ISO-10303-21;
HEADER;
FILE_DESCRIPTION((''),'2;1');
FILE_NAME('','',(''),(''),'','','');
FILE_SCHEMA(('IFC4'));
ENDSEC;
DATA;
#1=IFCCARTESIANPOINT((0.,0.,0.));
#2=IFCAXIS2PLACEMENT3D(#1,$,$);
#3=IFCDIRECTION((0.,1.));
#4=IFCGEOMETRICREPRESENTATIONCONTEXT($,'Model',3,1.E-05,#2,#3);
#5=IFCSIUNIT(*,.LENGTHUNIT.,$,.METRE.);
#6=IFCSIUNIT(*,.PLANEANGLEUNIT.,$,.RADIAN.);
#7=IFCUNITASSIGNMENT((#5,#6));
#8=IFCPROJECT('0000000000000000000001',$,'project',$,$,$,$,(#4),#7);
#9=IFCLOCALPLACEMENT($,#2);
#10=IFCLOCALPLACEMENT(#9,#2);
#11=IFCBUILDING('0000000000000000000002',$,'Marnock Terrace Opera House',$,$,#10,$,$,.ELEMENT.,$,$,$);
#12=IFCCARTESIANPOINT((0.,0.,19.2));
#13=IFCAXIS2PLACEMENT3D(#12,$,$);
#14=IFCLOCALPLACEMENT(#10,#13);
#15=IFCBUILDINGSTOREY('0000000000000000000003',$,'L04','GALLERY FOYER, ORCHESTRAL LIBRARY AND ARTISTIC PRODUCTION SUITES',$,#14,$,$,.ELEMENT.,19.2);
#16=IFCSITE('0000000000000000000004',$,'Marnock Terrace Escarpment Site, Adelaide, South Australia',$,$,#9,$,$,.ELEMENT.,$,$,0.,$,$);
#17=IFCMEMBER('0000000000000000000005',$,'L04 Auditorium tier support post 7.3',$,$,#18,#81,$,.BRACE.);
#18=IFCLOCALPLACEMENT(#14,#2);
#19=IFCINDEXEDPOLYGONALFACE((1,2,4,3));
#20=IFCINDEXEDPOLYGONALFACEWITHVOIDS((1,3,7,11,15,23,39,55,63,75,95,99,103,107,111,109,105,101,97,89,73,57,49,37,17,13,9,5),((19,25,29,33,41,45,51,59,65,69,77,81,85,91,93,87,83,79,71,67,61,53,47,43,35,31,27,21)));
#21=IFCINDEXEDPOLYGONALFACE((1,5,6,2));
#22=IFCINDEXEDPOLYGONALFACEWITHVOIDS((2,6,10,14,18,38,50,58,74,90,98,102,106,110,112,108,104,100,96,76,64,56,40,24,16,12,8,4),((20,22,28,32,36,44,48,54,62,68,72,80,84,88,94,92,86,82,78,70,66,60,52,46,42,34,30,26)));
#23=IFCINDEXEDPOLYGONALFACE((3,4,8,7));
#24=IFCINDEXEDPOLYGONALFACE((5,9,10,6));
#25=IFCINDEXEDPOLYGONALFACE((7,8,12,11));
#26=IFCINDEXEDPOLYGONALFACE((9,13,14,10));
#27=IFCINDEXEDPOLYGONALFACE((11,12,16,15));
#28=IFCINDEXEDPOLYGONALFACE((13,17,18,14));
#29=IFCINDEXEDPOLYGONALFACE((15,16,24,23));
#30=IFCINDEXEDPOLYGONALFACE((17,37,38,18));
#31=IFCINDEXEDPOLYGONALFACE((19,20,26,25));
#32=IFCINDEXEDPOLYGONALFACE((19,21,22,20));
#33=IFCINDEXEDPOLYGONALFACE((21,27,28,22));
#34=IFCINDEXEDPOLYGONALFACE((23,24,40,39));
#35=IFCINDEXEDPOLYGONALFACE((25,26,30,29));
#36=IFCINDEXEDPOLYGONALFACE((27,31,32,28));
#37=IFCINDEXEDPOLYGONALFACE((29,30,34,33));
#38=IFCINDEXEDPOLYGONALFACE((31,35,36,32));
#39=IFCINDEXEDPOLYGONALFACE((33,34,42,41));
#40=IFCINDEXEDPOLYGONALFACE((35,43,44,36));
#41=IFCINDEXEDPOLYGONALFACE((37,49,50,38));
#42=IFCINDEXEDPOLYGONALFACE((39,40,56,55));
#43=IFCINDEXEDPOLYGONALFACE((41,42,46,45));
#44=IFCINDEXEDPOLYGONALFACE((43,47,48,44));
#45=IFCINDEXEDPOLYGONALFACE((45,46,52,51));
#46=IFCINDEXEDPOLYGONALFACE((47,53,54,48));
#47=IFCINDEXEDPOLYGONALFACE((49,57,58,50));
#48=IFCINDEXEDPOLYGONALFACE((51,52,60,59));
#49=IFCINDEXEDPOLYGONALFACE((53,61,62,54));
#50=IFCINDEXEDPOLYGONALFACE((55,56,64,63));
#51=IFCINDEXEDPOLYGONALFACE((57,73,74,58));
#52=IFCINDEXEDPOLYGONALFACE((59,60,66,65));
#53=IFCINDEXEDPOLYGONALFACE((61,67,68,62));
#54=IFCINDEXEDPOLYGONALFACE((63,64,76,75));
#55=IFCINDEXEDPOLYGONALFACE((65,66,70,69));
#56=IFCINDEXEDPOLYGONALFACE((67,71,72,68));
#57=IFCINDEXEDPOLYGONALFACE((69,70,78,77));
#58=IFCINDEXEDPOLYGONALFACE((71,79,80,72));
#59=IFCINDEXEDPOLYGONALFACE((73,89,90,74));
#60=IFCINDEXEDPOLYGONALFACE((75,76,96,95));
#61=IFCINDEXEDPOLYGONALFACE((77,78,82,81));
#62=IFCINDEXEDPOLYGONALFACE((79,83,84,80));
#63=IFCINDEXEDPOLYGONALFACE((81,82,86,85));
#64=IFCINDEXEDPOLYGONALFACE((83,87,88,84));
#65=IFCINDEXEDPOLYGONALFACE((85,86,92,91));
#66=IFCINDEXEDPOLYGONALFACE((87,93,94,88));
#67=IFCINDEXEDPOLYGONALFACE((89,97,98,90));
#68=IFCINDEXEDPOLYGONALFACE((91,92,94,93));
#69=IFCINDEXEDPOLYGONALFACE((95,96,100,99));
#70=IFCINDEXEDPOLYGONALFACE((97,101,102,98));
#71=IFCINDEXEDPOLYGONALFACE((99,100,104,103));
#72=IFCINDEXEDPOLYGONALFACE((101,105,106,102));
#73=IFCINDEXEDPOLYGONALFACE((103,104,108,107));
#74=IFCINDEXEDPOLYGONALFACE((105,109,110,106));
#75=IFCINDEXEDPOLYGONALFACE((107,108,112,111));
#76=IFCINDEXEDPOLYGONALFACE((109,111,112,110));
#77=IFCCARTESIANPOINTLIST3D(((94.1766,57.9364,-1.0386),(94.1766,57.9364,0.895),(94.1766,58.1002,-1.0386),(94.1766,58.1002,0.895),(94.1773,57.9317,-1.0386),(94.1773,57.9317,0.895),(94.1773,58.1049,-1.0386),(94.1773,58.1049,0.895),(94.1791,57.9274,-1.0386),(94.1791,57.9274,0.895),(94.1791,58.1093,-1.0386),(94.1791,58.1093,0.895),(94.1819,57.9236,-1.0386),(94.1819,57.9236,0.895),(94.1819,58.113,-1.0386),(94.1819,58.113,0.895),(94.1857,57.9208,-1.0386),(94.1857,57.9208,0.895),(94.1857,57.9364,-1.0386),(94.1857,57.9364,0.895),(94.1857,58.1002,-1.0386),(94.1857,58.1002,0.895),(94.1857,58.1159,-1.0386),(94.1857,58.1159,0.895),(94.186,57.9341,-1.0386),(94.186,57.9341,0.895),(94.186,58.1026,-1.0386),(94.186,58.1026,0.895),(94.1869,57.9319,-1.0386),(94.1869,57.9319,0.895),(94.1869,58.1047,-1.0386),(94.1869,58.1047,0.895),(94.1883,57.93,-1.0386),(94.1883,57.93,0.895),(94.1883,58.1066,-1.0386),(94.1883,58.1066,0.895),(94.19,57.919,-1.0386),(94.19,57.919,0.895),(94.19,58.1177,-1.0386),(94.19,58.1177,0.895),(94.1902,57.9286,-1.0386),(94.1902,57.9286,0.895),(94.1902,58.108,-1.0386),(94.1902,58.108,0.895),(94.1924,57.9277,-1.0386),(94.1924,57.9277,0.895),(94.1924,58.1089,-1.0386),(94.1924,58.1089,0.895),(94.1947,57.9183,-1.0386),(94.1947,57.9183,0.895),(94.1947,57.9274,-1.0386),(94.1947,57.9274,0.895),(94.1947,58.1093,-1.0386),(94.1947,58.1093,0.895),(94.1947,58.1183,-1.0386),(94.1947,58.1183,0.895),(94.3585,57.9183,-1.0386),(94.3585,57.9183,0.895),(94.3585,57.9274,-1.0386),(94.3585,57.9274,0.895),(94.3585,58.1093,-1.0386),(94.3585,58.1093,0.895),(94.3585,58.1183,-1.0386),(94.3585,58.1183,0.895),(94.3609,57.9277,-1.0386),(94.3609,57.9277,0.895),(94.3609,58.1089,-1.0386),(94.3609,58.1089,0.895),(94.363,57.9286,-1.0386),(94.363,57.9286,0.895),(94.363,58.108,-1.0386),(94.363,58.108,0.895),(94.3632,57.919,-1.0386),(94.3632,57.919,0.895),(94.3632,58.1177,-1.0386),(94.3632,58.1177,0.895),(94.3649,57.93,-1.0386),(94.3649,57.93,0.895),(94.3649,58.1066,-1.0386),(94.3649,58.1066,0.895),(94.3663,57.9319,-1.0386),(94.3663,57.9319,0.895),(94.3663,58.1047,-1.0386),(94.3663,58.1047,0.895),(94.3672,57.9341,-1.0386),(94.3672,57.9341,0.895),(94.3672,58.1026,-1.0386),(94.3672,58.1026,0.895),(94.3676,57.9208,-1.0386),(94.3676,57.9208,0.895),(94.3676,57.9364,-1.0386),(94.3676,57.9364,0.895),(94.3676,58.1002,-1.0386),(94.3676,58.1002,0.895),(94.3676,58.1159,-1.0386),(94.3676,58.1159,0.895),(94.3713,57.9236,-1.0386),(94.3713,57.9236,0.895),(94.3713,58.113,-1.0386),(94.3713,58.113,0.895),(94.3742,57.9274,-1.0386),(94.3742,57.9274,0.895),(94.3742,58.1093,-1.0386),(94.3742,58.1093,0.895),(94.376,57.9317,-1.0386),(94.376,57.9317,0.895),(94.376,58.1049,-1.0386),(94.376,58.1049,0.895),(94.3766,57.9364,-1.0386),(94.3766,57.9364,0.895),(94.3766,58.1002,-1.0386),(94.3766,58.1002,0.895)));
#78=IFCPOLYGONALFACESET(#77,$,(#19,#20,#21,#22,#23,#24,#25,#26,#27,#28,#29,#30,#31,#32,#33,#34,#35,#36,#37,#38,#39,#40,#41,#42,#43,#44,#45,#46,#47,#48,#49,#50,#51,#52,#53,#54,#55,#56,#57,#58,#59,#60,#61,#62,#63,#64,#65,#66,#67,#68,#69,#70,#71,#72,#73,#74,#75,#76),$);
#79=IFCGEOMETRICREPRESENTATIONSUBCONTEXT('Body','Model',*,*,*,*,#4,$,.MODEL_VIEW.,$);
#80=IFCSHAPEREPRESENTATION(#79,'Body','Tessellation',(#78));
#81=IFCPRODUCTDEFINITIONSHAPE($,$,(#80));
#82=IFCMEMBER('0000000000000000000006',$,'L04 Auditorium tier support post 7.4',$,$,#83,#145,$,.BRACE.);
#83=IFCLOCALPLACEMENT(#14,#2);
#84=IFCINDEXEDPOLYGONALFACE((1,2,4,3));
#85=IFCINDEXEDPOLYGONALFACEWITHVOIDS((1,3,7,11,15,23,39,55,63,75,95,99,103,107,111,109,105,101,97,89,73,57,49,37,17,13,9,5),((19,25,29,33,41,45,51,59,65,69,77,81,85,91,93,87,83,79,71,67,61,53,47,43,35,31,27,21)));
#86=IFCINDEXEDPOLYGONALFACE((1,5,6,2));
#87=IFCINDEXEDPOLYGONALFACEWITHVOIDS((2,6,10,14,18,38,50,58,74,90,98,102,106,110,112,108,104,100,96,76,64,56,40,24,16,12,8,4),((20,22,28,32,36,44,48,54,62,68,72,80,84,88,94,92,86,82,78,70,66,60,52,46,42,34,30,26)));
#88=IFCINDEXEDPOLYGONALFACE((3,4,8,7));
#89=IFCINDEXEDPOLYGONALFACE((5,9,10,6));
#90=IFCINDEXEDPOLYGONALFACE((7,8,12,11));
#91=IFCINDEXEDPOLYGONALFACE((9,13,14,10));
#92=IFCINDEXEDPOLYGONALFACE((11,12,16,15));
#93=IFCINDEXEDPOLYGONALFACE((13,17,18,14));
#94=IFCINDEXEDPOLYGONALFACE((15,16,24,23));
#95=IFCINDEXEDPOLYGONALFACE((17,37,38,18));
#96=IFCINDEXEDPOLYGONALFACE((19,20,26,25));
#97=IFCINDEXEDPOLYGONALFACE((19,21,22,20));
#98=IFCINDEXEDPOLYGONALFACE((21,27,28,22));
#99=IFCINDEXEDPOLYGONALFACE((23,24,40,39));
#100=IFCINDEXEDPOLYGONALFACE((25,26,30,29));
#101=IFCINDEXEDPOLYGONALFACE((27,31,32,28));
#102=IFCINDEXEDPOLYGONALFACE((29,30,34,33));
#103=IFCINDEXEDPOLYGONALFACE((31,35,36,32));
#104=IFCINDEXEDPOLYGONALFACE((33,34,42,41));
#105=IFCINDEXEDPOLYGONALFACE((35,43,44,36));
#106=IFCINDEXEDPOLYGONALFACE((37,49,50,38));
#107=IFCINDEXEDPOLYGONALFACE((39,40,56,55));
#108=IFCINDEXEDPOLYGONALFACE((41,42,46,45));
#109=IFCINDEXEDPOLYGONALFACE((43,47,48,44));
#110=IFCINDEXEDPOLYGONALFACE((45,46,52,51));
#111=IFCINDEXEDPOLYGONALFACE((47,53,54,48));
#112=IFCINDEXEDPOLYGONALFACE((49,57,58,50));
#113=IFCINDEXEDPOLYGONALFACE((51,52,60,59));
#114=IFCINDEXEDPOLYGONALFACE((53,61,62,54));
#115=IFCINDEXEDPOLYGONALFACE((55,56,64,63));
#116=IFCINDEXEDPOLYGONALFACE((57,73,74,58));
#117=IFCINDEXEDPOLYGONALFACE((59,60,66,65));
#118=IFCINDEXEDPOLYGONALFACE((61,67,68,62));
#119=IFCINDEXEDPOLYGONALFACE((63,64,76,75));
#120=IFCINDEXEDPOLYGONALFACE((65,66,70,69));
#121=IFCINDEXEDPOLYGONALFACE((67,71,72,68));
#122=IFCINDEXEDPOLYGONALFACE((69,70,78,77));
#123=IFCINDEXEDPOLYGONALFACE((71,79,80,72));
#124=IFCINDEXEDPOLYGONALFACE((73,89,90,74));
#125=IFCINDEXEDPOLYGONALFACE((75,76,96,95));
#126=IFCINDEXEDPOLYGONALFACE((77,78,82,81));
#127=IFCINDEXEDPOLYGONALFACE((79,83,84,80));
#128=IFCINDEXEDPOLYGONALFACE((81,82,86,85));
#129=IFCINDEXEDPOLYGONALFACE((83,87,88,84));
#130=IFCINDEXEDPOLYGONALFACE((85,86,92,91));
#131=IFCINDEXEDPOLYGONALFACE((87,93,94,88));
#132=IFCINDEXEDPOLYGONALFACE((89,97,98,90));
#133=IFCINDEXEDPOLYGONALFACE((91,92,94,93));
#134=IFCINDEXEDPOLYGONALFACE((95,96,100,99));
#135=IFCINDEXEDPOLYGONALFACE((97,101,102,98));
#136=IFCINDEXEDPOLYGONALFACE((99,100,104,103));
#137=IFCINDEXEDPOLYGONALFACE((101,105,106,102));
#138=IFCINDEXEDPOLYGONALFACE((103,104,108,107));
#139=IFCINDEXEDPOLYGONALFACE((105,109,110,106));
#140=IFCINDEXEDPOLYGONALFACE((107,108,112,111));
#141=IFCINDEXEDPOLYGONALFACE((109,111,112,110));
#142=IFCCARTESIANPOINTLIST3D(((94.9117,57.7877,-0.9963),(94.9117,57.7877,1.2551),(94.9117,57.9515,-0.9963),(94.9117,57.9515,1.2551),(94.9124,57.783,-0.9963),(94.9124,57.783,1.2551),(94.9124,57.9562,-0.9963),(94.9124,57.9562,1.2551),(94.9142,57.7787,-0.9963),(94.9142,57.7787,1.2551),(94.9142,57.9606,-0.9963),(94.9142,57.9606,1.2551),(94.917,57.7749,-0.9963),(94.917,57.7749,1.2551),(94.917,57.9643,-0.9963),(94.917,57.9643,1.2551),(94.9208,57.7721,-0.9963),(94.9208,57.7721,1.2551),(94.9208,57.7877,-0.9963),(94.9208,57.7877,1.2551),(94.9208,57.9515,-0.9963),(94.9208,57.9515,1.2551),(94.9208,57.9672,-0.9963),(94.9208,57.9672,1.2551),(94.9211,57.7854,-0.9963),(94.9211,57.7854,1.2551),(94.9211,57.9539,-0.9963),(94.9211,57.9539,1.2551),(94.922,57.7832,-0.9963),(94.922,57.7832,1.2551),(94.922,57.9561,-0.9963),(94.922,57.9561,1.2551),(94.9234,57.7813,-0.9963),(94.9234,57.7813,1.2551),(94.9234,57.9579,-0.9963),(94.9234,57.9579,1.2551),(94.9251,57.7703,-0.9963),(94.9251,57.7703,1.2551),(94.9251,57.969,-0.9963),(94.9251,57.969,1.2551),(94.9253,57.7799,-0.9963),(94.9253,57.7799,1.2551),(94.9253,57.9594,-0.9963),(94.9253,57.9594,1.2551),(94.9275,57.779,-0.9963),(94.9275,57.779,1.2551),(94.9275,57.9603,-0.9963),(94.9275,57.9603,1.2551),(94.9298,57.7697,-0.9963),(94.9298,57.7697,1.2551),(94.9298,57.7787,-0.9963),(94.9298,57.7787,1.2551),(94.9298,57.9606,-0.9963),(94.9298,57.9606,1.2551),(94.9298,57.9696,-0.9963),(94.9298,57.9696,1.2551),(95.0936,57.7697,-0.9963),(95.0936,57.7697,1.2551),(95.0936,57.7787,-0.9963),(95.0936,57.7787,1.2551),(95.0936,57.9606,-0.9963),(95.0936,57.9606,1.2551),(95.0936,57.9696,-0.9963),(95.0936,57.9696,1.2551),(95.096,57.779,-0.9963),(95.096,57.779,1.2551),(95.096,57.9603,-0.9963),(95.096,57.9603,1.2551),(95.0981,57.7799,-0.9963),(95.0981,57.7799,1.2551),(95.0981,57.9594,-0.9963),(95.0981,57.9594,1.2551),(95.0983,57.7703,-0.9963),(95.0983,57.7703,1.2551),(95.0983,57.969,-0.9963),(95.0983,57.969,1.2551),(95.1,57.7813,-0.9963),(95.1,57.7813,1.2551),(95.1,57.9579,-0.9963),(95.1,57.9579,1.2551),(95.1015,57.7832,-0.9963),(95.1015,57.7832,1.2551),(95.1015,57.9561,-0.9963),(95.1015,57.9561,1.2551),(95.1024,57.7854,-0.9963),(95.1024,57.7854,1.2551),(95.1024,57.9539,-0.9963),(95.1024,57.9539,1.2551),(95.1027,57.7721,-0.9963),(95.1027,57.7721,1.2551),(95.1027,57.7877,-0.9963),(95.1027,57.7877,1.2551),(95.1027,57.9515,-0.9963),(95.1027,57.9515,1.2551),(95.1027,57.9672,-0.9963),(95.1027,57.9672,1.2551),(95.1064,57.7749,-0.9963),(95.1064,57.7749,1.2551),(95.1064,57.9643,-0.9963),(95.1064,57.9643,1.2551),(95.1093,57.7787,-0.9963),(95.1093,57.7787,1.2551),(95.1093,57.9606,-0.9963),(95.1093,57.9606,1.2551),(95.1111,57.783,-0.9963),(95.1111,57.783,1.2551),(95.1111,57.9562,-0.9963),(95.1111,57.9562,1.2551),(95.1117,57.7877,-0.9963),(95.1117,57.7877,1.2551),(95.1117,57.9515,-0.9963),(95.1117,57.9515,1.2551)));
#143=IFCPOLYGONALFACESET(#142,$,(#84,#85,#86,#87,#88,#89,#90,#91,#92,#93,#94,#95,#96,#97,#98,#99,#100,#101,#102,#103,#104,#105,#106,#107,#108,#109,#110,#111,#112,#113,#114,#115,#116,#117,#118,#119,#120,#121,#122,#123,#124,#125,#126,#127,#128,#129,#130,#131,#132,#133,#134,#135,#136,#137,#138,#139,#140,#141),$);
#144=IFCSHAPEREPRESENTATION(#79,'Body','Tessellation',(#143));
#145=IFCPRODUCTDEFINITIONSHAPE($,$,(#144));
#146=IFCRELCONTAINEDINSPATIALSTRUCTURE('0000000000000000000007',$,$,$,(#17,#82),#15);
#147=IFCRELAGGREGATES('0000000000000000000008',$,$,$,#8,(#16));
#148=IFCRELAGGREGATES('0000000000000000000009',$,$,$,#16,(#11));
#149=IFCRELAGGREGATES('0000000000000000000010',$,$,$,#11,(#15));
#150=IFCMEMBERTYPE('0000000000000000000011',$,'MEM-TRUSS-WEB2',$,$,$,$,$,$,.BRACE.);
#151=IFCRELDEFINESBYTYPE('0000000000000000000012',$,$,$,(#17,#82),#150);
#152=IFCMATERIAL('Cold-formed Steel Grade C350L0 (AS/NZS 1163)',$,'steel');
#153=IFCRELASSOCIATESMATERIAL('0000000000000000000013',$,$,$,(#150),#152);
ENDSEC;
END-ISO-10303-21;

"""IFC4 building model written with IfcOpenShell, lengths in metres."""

from ifc_helpers import new_model, si_unit, direction, frame, origin, origin_2d, place, context, subcontext, project, spatial, hollow_rectangle, extrude, material, material_profile, profile_set, type_object, element, save


model = new_model("IFC4")

# Units and contexts
model_context = context("Model", 3, precision=1e-05, world=origin(), true_north=direction((0.0, 1.0)))
body_context = subcontext(model_context, "Body", "Model", "MODEL_VIEW")
ifc_project = project(units=[si_unit("LENGTHUNIT", "METRE"), si_unit("PLANEANGLEUNIT", "RADIAN")], contexts=[model_context])

# Site, building, storey
site_placement = place(None, origin())
site = spatial("IfcSite", under=ifc_project, at=site_placement, Name="Marnock Terrace Escarpment Site, Adelaide, South Australia", CompositionType="ELEMENT", RefElevation=0.0)
building_placement = place(site_placement, origin())
building = spatial("IfcBuilding", under=site, at=building_placement, Name="Marnock Terrace Opera House", CompositionType="ELEMENT")
storey_placement = place(building_placement, frame((0.0, 0.0, 19.2)))
storey = spatial("IfcBuildingStorey", under=building, at=storey_placement, Name="L04", Description="GALLERY FOYER, ORCHESTRAL LIBRARY AND ARTISTIC PRODUCTION SUITES", CompositionType="ELEMENT", Elevation=19.2)

# Members
ifc_material_1 = material(Name="Cold-formed Steel Grade C350L0 (AS/NZS 1163)", Category="steel")
ifc_material_profile_1 = material_profile(ifc_material_1, hollow_rectangle(XDim=0.2, YDim=0.2, WallThickness=0.009, InnerFilletRadius=0.009, OuterFilletRadius=0.0181, at=origin_2d()))
ifc_profile_set_1 = profile_set([ifc_material_profile_1], Name="Cold-formed Steel Grade C350L0 (AS/NZS 1163)")
member_type = type_object("IfcMemberType", Name="MEM-TRUSS-WEB2", PredefinedType="BRACE", material=ifc_profile_set_1)
member_1_placement = place(storey_placement, frame((94.2766, 58.0183, -1.0386), z_axis=(0.0, 0.0, 1.0), x_axis=(1.0, 0.0, 0.0)))
element("IfcMember", 1, at=member_1_placement, inside=storey, type_object=member_type, Name="L04 Auditorium tier support post 7.3", PredefinedType="BRACE", context=body_context, shape_type="SweptSolid", body=[
    extrude(hollow_rectangle(XDim=0.2, YDim=0.2, WallThickness=0.009, InnerFilletRadius=0.009, OuterFilletRadius=0.0181, at=origin_2d()), origin(), (0.0, 0.0, 1.0), 1.9336),
])
member_2_placement = place(storey_placement, frame((95.0117, 57.8696, -0.9963), z_axis=(0.0, 0.0, 1.0), x_axis=(1.0, 0.0, 0.0)))
element("IfcMember", 2, at=member_2_placement, inside=storey, type_object=member_type, Name="L04 Auditorium tier support post 7.4", PredefinedType="BRACE", context=body_context, shape_type="SweptSolid", body=[
    extrude(hollow_rectangle(XDim=0.2, YDim=0.2, WallThickness=0.009, InnerFilletRadius=0.009, OuterFilletRadius=0.0181, at=origin_2d()), origin(), (0.0, 0.0, 1.0), 2.2515),
])

save(model, "model.ifc")
